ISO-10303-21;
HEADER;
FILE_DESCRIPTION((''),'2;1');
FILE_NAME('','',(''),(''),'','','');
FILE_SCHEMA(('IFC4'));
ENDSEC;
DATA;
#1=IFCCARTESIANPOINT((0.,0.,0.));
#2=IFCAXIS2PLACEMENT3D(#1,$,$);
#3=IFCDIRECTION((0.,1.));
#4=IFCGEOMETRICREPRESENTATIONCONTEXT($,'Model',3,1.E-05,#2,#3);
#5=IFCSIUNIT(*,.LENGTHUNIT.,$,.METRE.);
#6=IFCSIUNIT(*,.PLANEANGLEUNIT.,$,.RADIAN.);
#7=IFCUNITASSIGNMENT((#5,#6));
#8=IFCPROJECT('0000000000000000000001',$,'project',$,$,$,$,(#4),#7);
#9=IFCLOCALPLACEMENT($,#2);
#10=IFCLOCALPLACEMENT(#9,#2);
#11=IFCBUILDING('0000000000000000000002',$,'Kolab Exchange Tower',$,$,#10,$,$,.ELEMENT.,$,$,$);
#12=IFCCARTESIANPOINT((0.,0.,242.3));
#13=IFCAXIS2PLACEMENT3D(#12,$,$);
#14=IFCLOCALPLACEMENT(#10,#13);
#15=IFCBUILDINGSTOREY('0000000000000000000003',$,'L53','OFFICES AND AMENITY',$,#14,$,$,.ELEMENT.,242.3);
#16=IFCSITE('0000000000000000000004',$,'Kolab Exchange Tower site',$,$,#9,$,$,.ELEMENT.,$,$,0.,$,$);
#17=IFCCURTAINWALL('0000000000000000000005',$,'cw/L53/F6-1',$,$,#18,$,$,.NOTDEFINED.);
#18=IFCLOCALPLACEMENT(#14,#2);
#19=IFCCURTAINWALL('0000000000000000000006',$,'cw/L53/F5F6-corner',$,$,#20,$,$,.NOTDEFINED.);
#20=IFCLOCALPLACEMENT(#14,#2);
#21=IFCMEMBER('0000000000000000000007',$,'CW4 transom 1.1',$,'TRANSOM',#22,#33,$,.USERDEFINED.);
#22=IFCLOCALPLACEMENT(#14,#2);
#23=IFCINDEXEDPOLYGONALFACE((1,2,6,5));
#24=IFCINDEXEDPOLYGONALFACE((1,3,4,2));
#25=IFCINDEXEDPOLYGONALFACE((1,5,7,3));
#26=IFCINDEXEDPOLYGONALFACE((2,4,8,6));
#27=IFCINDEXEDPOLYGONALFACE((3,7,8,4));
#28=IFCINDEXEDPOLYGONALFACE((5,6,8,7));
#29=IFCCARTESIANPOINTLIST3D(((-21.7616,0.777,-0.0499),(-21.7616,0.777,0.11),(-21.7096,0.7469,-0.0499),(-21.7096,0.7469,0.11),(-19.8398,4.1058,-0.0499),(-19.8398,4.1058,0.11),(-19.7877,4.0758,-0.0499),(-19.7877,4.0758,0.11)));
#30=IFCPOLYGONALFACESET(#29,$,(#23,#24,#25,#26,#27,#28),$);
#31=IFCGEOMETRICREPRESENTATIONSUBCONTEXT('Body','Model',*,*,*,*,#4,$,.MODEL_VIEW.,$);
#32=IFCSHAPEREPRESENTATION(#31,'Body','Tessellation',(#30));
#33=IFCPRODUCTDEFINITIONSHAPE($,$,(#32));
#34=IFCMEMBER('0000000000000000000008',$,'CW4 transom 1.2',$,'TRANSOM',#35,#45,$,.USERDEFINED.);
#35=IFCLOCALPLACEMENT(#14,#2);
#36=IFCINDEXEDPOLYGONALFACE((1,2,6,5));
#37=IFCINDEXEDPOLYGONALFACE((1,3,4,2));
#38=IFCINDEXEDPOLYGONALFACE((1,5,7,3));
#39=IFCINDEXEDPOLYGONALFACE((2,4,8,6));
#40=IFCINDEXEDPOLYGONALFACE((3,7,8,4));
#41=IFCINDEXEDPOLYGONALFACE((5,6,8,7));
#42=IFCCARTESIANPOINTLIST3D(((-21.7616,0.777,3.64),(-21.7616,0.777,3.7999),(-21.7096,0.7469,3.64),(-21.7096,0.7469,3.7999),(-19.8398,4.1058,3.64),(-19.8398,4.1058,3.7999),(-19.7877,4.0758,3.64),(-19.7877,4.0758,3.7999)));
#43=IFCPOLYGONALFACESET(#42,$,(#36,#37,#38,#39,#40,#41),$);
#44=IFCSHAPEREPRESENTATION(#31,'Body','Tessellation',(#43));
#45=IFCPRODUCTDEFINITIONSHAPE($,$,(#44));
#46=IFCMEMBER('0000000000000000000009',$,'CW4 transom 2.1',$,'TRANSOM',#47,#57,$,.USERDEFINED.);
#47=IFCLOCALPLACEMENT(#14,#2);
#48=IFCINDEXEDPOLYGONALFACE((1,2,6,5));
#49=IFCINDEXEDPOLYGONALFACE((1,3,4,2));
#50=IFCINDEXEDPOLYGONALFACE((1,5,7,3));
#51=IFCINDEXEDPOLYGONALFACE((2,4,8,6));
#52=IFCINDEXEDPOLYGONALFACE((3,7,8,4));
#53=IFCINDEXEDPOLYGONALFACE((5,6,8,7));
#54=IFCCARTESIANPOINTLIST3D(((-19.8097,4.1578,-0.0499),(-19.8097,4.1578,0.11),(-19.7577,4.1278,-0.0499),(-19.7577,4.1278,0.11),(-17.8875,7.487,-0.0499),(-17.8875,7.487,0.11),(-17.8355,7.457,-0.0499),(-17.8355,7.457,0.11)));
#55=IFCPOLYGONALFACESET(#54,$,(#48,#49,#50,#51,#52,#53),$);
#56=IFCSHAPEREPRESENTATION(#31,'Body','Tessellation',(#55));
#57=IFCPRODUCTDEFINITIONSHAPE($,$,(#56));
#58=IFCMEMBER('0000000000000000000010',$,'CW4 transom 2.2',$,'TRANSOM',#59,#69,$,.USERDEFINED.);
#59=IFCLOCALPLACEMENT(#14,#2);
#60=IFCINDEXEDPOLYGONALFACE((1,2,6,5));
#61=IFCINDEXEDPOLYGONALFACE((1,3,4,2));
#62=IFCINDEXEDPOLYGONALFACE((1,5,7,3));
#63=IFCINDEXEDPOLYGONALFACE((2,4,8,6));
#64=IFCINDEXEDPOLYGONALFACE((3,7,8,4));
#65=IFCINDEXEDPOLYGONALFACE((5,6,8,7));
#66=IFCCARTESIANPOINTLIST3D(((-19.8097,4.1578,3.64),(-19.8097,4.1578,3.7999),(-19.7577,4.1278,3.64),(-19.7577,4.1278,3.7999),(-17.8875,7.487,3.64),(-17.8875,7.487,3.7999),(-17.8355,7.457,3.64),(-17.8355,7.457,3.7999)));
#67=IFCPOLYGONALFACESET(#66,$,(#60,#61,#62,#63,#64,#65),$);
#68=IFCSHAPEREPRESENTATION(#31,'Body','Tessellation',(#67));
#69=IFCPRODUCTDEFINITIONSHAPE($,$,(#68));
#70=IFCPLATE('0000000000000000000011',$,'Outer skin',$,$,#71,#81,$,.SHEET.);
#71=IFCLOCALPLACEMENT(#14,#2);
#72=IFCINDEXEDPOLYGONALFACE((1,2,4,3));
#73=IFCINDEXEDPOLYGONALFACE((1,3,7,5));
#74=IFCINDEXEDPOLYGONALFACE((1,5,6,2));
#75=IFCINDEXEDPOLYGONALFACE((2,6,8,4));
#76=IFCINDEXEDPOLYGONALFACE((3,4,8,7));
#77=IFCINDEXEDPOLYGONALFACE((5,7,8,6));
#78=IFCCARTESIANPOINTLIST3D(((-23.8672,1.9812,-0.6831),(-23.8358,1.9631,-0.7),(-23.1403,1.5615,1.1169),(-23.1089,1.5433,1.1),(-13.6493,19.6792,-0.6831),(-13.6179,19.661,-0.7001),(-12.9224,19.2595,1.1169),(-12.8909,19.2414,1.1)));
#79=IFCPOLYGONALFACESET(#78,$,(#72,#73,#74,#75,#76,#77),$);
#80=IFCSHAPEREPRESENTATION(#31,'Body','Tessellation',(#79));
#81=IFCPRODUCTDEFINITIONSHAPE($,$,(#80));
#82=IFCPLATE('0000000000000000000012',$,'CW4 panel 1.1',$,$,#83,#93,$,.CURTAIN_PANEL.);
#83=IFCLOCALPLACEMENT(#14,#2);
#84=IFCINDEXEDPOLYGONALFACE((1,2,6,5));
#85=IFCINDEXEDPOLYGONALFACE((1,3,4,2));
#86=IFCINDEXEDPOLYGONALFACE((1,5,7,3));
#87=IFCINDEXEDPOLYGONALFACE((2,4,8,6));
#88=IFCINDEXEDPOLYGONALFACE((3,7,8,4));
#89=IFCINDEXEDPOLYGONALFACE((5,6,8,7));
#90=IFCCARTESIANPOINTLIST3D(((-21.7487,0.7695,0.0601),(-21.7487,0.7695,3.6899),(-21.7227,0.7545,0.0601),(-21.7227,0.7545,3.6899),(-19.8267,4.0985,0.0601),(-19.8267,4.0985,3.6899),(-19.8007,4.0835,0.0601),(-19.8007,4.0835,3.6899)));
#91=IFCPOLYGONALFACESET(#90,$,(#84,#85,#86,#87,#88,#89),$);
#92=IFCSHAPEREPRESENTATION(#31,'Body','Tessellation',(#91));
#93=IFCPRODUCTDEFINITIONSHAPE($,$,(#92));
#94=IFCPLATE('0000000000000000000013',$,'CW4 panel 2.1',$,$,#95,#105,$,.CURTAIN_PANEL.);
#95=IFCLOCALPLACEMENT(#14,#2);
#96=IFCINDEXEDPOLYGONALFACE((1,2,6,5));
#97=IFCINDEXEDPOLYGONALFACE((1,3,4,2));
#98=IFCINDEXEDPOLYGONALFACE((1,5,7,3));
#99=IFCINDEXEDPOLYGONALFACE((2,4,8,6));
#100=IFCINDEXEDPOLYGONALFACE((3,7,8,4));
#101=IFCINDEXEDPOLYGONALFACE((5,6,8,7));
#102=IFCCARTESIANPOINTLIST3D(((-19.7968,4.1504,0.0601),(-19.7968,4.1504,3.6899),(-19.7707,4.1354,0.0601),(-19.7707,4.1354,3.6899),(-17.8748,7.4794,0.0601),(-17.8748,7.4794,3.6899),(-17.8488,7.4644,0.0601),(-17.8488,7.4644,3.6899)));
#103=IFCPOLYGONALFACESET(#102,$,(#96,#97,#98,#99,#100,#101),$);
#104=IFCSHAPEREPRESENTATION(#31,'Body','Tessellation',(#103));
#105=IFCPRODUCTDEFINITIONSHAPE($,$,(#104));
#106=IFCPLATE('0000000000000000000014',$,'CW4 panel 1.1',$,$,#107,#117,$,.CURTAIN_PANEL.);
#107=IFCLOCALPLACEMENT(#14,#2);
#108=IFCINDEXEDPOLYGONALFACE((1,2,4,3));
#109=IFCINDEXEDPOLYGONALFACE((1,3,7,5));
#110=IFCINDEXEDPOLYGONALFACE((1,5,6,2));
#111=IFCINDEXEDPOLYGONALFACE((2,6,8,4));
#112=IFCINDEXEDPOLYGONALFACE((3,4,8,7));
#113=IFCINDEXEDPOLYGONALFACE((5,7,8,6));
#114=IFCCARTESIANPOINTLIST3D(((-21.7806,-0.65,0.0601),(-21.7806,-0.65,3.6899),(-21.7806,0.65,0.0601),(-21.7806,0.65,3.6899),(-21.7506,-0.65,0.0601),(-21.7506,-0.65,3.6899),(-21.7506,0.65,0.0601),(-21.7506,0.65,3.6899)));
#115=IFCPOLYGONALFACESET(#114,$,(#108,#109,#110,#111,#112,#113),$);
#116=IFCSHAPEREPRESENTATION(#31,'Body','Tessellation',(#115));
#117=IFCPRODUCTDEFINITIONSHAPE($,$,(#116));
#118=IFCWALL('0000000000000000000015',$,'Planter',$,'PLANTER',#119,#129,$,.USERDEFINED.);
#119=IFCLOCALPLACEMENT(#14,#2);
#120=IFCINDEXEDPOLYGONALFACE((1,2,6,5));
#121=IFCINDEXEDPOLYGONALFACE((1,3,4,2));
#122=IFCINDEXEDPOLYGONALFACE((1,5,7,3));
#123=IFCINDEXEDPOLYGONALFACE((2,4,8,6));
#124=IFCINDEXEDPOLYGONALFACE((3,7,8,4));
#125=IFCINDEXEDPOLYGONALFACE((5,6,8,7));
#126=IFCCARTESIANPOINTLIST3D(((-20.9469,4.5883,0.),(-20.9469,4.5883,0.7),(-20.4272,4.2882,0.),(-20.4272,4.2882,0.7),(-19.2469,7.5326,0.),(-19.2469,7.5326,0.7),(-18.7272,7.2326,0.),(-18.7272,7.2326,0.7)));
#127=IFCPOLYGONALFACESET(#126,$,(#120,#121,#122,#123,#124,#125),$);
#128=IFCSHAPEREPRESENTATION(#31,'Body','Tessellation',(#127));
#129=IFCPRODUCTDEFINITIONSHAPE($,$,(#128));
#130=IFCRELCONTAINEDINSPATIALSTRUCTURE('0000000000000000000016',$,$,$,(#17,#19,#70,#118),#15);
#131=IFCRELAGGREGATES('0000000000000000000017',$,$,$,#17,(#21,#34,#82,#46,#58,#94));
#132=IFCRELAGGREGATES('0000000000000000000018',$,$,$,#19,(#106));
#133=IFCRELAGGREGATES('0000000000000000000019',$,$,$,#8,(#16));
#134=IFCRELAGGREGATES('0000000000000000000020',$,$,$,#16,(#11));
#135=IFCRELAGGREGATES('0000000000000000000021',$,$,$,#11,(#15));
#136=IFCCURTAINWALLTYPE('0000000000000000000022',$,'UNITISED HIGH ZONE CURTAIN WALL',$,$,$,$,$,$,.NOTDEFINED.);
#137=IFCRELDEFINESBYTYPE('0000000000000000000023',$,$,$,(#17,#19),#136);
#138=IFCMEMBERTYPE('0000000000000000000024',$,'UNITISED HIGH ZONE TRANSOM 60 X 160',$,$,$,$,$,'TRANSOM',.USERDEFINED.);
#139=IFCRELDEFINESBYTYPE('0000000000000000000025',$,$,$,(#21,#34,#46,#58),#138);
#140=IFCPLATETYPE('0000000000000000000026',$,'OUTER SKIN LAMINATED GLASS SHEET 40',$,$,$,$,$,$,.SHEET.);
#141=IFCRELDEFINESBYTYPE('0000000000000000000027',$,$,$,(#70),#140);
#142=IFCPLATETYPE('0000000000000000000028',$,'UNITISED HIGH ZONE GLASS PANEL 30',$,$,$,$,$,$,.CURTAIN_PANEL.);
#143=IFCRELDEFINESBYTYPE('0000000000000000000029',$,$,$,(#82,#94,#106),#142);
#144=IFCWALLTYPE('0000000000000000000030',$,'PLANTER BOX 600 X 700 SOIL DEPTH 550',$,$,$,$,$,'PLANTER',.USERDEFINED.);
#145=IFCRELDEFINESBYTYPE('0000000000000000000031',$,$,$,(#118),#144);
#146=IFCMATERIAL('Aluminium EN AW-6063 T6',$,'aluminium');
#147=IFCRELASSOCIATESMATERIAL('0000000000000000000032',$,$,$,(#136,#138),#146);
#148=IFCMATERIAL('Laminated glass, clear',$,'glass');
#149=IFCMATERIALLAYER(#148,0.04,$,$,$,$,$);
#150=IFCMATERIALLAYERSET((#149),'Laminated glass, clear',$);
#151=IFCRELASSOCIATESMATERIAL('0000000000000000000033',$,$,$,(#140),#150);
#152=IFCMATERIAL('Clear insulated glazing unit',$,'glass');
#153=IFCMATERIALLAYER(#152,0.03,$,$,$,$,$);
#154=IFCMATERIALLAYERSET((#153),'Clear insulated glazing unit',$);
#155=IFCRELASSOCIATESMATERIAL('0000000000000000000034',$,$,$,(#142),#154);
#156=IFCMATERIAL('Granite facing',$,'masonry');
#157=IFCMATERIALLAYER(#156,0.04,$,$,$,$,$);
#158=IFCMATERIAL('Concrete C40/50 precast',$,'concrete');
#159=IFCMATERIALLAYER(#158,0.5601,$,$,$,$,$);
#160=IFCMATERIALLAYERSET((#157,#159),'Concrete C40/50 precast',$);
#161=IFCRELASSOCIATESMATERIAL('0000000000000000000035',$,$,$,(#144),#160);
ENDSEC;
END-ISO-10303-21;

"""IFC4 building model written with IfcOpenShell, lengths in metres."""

from ifc_helpers import new_model, si_unit, direction, frame, frame_2d, origin, origin_2d, place, context, subcontext, project, spatial, polyline, rectangle, outline, extrude, material, layer, layer_set, material_profile, profile_set, type_object, element, aggregate, save


model = new_model("IFC4")

# Units and contexts
model_context = context("Model", 3, precision=1e-05, world=origin(), true_north=direction((0.0, 1.0)))
body_context = subcontext(model_context, "Body", "Model", "MODEL_VIEW")
ifc_project = project(units=[si_unit("LENGTHUNIT", "METRE"), si_unit("PLANEANGLEUNIT", "RADIAN")], contexts=[model_context])

# Site, building, storey
site_placement = place(None, origin())
site = spatial("IfcSite", under=ifc_project, at=site_placement, Name="Kolab Exchange Tower site", CompositionType="ELEMENT", RefElevation=0.0)
building_placement = place(site_placement, origin())
building = spatial("IfcBuilding", under=site, at=building_placement, Name="Kolab Exchange Tower", CompositionType="ELEMENT")
storey_placement = place(building_placement, frame((0.0, 0.0, 242.3)))
storey = spatial("IfcBuildingStorey", under=building, at=storey_placement, Name="L53", Description="OFFICES AND AMENITY", CompositionType="ELEMENT", Elevation=242.3)

# Curtain wall
ifc_material_1 = material(Name="Aluminium EN AW-6063 T6", Category="aluminium")
curtain_wall_type = type_object("IfcCurtainWallType", Name="UNITISED HIGH ZONE CURTAIN WALL", PredefinedType="NOTDEFINED", material=ifc_material_1)
curtain_wall_1_placement = place(storey_placement, origin())
curtain_wall_1 = element("IfcCurtainWall", 1, at=curtain_wall_1_placement, inside=storey, type_object=curtain_wall_type, Name="cw/L53/F6-1", PredefinedType="NOTDEFINED")

# Curtain wall
curtain_wall_2_placement = place(storey_placement, origin())
curtain_wall_2 = element("IfcCurtainWall", 2, at=curtain_wall_2_placement, inside=storey, type_object=curtain_wall_type, Name="cw/L53/F5F6-corner", PredefinedType="NOTDEFINED")

# Members
ifc_material_profile_1 = material_profile(ifc_material_1, rectangle(XDim=0.0601, YDim=0.1599, at=origin_2d()), Name="RECT 60X160")
ifc_profile_set_1 = profile_set([ifc_material_profile_1], Name="Aluminium EN AW-6063 T6")
member_type_1 = type_object("IfcMemberType", Name="UNITISED HIGH ZONE TRANSOM 60 X 160", ElementType="TRANSOM", PredefinedType="USERDEFINED", material=ifc_profile_set_1)
member_1_placement = place(storey_placement, frame((-21.7356, 0.762, 0.03), z_axis=(0.499992, 0.86603, 0.0), x_axis=(-0.86603, 0.499992, 0.0)))
member_1 = element("IfcMember", 3, at=member_1_placement, type_object=member_type_1, Name="CW4 transom 1.1", ObjectType="TRANSOM", PredefinedType="USERDEFINED", context=body_context, shape_type="SweptSolid", body=[
    extrude(rectangle(XDim=0.0601, YDim=0.1599, at=origin_2d()), origin(), (0.0, 0.0, 1.0), 3.8438),
])
member_2_placement = place(storey_placement, frame((-21.7356, 0.762, 3.72), z_axis=(0.499992, 0.86603, 0.0), x_axis=(-0.86603, 0.499992, 0.0)))
member_2 = element("IfcMember", 4, at=member_2_placement, type_object=member_type_1, Name="CW4 transom 1.2", ObjectType="TRANSOM", PredefinedType="USERDEFINED", context=body_context, shape_type="SweptSolid", body=[
    extrude(rectangle(XDim=0.0601, YDim=0.1599, at=origin_2d()), origin(), (0.0, 0.0, 1.0), 3.8438),
])
member_3_placement = place(storey_placement, frame((-19.7837, 4.1428, 0.03), z_axis=(0.500012, 0.866018, 0.0), x_axis=(-0.866018, 0.500012, 0.0)))
member_3 = element("IfcMember", 5, at=member_3_placement, type_object=member_type_1, Name="CW4 transom 2.1", ObjectType="TRANSOM", PredefinedType="USERDEFINED", context=body_context, shape_type="SweptSolid", body=[
    extrude(rectangle(XDim=0.0601, YDim=0.1599, at=origin_2d()), origin(), (0.0, 0.0, 1.0), 3.8442),
])
member_4_placement = place(storey_placement, frame((-19.7837, 4.1428, 3.72), z_axis=(0.500012, 0.866018, 0.0), x_axis=(-0.866018, 0.500012, 0.0)))
member_4 = element("IfcMember", 6, at=member_4_placement, type_object=member_type_1, Name="CW4 transom 2.2", ObjectType="TRANSOM", PredefinedType="USERDEFINED", context=body_context, shape_type="SweptSolid", body=[
    extrude(rectangle(XDim=0.0601, YDim=0.1599, at=origin_2d()), origin(), (0.0, 0.0, 1.0), 3.8442),
])

# Plates
ifc_material_2 = material(Name="Laminated glass, clear", Category="glass")
ifc_layer_1 = layer(ifc_material_2, 0.04)
ifc_layer_set_1 = layer_set([ifc_layer_1], Name="Laminated glass, clear")
plate_type_1 = type_object("IfcPlateType", Name="OUTER SKIN LAMINATED GLASS SHEET 40", PredefinedType="SHEET", material=ifc_layer_set_1)
plate_1_placement = place(storey_placement, frame((-23.8672, 1.9812, -0.6831), z_axis=(-0.784886, 0.453152, 0.422619), x_axis=(0.499997, 0.866027, -0.000002)))
element("IfcPlate", 7, at=plate_1_placement, inside=storey, type_object=plate_type_1, Name="Outer skin", PredefinedType="SHEET", context=body_context, shape_type="SweptSolid", body=[
    extrude(outline(polyline([(0.0, 0.0), (20.4358, 0.0), (20.4359, -1.9862), (-0.0001, -1.9861), (0.0, 0.0)])), origin(), (0.0, 0.0, -1.0), 0.04),
])
ifc_material_3 = material(Name="Clear insulated glazing unit", Category="glass")
ifc_layer_2 = layer(ifc_material_3, 0.03)
ifc_layer_set_2 = layer_set([ifc_layer_2], Name="Clear insulated glazing unit")
plate_type_2 = type_object("IfcPlateType", Name="UNITISED HIGH ZONE GLASS PANEL 30", PredefinedType="CURTAIN_PANEL", material=ifc_layer_set_2)
plate_2_placement = place(storey_placement, frame((-20.7747, 2.4265, 0.0601), z_axis=(0.0, 0.0, 1.0), x_axis=(0.5, 0.866025, 0.0)))
plate_2 = element("IfcPlate", 8, at=plate_2_placement, type_object=plate_type_2, Name="CW4 panel 1.1", PredefinedType="CURTAIN_PANEL", context=body_context, shape_type="SweptSolid", body=[
    extrude(rectangle(XDim=3.844, YDim=0.03, at=origin_2d()), origin(), (0.0, 0.0, 1.0), 3.6299),
])
plate_3_placement = place(storey_placement, frame((-18.8228, 5.8074, 0.0601), z_axis=(0.0, 0.0, 1.0), x_axis=(0.5, 0.866025, 0.0)))
plate_3 = element("IfcPlate", 9, at=plate_3_placement, type_object=plate_type_2, Name="CW4 panel 2.1", PredefinedType="CURTAIN_PANEL", context=body_context, shape_type="SweptSolid", body=[
    extrude(rectangle(XDim=3.844, YDim=0.03, at=origin_2d()), origin(), (0.0, 0.0, 1.0), 3.6299),
])
aggregate(curtain_wall_1, [member_1, member_2, plate_2, member_3, member_4, plate_3])
plate_4_placement = place(storey_placement, frame((-21.7656, 0.0, 0.0601), z_axis=(0.0, 0.0, 1.0), x_axis=(0.0, 1.0, 0.0)))
plate_4 = element("IfcPlate", 10, at=plate_4_placement, type_object=plate_type_2, Name="CW4 panel 1.1", PredefinedType="CURTAIN_PANEL", context=body_context, shape_type="SweptSolid", body=[
    extrude(rectangle(XDim=1.3, YDim=0.03, at=origin_2d()), origin(), (0.0, 0.0, 1.0), 3.6299),
])
aggregate(curtain_wall_2, [plate_4])

# Wall
ifc_material_4 = material(Name="Granite facing", Category="masonry")
ifc_layer_3 = layer(ifc_material_4, 0.04)
ifc_material_5 = material(Name="Concrete C40/50 precast", Category="concrete")
ifc_layer_4 = layer(ifc_material_5, 0.5601)
ifc_layer_set_3 = layer_set([ifc_layer_3, ifc_layer_4], Name="Concrete C40/50 precast")
wall_type_1 = type_object("IfcWallType", Name="PLANTER BOX 600 X 700 SOIL DEPTH 550", ElementType="PLANTER", PredefinedType="USERDEFINED", material=ifc_layer_set_3)
wall_1_placement = place(storey_placement, frame((-20.687, 4.4382, 0.0), z_axis=(0.0, 0.0, 1.0), x_axis=(0.500008, 0.866021, 0.0)))
element("IfcWall", 11, at=wall_1_placement, inside=storey, type_object=wall_type_1, Name="Planter", ObjectType="PLANTER", PredefinedType="USERDEFINED", context=body_context, shape_type="SweptSolid", body=[
    extrude(rectangle(XDim=3.3999, YDim=0.6001, at=frame_2d((1.7, 0.0))), origin(), (0.0, 0.0, 1.0), 0.7),
])

save(model, "model.ifc")
